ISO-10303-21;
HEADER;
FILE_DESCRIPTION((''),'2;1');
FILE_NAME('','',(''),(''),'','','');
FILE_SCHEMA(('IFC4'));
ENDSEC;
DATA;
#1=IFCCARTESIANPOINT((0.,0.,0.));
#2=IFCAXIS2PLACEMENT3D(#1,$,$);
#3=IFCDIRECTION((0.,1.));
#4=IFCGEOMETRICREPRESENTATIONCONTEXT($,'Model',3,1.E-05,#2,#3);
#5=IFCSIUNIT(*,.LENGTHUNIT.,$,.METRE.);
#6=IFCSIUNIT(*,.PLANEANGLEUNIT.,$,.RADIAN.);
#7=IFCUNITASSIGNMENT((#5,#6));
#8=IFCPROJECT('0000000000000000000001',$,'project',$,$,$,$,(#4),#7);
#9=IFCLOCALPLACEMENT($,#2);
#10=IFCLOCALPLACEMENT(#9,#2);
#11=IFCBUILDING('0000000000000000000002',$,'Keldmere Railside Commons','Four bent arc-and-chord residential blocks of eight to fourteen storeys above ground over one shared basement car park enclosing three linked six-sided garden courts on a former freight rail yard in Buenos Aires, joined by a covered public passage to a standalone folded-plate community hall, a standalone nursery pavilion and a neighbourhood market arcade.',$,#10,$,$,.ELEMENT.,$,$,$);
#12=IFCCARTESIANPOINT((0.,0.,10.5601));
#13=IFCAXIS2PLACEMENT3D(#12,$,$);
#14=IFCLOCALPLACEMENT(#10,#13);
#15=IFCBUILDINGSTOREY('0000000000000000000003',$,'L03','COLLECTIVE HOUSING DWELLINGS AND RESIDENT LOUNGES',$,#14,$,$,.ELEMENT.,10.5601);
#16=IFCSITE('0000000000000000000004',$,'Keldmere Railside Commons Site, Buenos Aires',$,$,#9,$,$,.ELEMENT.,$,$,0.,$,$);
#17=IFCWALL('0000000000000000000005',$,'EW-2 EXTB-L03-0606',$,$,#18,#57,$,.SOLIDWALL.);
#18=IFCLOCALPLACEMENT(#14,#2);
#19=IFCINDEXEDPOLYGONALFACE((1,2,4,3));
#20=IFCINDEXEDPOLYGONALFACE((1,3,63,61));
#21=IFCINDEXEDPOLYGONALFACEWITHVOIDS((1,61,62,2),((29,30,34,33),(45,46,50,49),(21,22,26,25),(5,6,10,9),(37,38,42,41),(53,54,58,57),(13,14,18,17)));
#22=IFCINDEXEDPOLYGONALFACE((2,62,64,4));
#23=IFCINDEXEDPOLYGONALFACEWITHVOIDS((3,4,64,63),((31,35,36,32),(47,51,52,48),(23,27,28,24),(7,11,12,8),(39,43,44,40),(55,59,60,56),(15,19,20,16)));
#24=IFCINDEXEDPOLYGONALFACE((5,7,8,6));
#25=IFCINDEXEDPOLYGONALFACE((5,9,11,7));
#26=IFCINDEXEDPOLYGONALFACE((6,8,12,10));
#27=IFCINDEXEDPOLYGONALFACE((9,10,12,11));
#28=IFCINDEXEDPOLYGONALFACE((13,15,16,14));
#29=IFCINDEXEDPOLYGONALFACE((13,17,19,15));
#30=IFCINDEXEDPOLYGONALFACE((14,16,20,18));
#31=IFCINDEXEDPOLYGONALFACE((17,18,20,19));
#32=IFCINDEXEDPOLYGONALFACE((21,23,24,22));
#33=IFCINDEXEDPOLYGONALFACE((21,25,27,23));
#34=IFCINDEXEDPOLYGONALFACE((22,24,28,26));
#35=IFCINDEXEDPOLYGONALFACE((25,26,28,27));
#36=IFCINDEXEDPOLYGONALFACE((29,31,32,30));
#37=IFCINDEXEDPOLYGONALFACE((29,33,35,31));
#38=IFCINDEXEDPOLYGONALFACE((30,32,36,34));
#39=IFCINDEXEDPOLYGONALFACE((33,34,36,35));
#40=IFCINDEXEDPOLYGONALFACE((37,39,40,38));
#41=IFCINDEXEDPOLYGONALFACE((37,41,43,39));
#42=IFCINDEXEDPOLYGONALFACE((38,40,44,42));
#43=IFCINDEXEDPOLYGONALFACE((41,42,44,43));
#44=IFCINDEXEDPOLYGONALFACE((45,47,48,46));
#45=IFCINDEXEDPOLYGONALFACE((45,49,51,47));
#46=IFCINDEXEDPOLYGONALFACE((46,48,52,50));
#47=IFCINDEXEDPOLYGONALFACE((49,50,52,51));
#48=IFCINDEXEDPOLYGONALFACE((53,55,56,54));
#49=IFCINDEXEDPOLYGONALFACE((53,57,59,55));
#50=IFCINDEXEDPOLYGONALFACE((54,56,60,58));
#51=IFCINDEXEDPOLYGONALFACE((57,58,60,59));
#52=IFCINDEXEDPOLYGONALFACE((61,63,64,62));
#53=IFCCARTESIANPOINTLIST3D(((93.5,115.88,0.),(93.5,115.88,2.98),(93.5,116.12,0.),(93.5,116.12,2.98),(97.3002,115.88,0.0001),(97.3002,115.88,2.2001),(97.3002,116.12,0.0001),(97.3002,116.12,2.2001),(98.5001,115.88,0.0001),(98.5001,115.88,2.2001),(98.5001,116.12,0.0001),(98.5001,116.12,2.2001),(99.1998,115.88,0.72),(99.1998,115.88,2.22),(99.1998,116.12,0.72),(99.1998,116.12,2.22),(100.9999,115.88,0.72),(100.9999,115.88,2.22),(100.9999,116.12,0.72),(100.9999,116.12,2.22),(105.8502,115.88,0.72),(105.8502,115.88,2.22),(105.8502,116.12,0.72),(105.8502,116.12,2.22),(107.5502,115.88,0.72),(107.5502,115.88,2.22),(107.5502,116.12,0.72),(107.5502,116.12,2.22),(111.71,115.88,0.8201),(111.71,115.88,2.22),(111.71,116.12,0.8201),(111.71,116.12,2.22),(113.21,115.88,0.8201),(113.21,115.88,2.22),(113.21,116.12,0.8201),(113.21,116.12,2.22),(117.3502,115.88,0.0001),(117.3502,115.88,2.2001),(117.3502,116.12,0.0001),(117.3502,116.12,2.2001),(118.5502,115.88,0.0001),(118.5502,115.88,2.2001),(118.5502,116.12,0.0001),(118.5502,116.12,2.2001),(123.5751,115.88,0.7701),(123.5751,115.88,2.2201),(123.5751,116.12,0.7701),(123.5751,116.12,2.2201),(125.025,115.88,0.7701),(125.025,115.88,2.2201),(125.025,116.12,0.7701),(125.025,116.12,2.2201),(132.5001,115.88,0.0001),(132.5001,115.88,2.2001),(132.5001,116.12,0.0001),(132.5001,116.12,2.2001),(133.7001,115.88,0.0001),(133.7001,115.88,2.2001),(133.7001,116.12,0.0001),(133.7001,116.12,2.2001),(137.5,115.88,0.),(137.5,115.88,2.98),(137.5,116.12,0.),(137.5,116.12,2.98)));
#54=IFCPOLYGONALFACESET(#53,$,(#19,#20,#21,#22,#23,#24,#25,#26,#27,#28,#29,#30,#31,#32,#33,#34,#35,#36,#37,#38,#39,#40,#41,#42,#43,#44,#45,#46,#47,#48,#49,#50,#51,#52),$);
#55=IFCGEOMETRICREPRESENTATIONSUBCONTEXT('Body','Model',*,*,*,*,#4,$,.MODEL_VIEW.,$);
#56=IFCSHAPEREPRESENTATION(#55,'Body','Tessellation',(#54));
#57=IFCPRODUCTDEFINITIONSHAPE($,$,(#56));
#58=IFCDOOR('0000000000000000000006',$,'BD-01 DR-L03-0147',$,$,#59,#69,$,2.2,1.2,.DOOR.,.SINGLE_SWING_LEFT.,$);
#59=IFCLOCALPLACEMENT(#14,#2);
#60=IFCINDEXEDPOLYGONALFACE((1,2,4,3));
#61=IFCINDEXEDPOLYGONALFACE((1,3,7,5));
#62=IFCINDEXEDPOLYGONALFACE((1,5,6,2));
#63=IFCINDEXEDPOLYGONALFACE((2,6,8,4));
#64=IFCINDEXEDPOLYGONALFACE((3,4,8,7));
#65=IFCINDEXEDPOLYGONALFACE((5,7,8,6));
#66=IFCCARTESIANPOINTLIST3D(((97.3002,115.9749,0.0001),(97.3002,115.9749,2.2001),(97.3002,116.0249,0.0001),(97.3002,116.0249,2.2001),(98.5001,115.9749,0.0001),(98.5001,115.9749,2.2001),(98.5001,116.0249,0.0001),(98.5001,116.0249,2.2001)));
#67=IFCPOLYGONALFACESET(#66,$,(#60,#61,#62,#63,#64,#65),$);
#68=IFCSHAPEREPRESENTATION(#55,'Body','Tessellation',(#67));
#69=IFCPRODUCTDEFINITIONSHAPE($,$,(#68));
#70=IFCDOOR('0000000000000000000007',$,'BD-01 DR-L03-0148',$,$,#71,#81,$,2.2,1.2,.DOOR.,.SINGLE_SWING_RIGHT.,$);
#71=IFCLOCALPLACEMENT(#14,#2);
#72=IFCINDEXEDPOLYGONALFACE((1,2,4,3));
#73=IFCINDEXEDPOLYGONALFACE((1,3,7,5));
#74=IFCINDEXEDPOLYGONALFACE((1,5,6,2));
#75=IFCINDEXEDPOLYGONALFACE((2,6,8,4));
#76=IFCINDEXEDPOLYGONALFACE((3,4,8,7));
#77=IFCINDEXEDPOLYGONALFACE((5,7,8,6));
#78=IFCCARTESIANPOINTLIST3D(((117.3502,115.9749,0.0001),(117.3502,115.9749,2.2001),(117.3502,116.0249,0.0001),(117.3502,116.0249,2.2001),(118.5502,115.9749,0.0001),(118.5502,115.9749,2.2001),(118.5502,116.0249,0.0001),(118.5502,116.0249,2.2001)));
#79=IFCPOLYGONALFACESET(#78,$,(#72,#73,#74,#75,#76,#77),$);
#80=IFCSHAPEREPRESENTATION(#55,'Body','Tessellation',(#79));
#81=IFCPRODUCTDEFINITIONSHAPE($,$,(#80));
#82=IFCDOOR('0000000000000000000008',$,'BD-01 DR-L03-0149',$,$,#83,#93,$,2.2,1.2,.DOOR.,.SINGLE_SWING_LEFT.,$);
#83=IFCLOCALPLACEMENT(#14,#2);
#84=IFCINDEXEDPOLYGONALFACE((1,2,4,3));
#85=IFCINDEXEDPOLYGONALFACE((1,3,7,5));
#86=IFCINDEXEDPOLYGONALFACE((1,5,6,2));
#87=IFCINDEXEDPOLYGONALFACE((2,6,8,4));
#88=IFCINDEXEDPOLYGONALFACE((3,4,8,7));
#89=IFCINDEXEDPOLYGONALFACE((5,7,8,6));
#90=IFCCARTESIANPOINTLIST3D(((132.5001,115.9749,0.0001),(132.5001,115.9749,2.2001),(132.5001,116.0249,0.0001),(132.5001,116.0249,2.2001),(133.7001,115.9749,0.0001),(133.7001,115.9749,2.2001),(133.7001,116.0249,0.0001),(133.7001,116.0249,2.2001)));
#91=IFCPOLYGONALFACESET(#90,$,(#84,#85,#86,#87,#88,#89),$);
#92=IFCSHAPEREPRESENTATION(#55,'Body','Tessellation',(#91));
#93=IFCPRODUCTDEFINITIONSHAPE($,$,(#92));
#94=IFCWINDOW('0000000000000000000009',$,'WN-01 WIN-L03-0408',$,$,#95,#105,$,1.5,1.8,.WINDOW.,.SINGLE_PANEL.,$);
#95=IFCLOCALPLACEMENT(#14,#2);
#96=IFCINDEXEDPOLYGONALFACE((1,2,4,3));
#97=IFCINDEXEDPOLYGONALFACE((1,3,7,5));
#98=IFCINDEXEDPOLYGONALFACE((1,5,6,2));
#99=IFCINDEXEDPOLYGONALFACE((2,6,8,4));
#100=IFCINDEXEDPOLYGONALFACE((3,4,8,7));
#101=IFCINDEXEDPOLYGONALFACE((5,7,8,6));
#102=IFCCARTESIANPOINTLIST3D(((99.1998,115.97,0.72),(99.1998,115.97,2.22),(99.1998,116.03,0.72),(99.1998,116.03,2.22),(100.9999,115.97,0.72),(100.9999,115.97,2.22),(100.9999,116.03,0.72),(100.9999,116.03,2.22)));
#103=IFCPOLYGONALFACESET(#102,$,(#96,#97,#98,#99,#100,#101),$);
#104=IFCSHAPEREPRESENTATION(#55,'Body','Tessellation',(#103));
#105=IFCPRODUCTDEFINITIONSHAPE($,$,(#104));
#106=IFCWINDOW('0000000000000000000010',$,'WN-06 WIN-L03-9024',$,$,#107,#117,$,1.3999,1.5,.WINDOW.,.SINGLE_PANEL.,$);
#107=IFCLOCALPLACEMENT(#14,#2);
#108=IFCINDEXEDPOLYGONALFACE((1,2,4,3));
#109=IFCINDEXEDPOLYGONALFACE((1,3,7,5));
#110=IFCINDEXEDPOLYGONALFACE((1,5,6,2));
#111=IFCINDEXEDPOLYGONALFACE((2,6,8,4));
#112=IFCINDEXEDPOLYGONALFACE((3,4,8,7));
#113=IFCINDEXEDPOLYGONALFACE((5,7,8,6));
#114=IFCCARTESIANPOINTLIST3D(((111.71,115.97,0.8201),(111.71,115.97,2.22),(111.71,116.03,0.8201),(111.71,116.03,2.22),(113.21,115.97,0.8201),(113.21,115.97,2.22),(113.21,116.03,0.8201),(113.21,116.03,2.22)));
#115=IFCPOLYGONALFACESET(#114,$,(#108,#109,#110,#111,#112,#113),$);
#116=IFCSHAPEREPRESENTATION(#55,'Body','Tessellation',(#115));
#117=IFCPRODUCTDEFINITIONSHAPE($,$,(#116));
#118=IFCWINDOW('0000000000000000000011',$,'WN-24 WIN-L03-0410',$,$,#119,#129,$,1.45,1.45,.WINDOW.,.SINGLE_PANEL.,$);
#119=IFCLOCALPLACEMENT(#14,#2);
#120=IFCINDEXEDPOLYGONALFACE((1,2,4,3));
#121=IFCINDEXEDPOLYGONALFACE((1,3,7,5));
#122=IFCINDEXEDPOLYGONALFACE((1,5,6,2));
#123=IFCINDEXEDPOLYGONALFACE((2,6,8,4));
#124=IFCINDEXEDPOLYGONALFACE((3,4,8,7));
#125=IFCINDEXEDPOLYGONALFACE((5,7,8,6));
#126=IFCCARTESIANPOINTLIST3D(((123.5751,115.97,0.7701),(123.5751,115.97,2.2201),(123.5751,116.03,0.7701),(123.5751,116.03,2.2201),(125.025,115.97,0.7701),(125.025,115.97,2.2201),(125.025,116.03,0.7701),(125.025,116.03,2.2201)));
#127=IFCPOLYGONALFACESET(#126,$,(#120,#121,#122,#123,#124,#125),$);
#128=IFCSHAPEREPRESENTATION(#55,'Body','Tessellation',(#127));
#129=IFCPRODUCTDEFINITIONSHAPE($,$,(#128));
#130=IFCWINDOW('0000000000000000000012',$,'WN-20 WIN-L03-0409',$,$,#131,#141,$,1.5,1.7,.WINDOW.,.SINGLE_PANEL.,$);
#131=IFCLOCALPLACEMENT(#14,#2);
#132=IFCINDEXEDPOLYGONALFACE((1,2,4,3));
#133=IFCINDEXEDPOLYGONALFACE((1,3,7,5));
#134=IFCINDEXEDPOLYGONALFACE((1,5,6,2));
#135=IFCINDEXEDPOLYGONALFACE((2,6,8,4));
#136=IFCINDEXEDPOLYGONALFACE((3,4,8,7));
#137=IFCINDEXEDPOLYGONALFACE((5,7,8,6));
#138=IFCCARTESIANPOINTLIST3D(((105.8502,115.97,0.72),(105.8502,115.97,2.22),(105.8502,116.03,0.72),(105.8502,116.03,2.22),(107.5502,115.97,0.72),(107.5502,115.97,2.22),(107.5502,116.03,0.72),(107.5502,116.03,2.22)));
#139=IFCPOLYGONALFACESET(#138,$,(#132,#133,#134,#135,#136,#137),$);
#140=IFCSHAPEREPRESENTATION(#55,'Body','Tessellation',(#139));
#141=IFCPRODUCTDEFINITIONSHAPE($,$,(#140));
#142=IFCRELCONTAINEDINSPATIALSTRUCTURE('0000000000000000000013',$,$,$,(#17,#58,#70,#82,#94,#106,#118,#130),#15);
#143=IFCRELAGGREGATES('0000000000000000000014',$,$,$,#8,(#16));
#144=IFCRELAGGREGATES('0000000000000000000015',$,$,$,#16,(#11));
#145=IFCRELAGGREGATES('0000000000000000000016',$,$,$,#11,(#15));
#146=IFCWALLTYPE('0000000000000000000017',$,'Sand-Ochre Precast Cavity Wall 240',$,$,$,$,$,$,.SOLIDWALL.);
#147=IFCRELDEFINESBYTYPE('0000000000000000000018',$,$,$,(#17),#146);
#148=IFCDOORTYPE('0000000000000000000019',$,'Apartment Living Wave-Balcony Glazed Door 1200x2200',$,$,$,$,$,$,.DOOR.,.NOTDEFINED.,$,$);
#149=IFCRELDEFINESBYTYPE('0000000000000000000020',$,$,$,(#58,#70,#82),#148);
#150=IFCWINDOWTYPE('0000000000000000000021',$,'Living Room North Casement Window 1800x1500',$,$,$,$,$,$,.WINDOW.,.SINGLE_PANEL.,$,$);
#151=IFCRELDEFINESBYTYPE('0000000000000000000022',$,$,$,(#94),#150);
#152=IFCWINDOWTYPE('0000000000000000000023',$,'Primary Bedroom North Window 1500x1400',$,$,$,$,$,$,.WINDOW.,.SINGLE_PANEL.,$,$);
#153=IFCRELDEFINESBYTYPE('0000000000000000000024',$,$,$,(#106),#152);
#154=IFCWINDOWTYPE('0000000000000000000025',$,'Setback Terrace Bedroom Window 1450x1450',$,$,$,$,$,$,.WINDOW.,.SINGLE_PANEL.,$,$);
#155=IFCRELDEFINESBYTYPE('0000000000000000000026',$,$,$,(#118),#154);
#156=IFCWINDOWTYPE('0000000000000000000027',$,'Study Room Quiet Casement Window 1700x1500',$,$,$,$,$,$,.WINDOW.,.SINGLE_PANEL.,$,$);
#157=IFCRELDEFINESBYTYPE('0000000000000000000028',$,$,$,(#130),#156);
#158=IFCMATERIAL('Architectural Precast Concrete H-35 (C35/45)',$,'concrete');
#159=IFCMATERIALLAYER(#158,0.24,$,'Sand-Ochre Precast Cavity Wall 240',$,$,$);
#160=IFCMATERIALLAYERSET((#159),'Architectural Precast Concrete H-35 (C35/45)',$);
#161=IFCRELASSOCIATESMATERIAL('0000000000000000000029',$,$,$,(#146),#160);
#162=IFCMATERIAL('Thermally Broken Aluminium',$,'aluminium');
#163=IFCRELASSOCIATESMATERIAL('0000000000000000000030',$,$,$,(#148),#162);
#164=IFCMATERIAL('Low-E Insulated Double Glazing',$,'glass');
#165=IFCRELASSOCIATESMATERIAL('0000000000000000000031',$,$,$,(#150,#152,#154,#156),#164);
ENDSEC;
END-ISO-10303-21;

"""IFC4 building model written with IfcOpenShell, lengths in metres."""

from ifc_helpers import new_model, si_unit, direction, frame, frame_2d, origin, place, context, subcontext, project, spatial, rectangle, extrude, material, layer, layer_set, type_object, element, fill, save


model = new_model("IFC4")

# Units and contexts
model_context = context("Model", 3, precision=1e-05, world=origin(), true_north=direction((0.0, 1.0)))
body_context = subcontext(model_context, "Body", "Model", "MODEL_VIEW")
ifc_project = project(units=[si_unit("LENGTHUNIT", "METRE"), si_unit("PLANEANGLEUNIT", "RADIAN")], contexts=[model_context])

# Site, building, storey
site_placement = place(None, origin())
site = spatial("IfcSite", under=ifc_project, at=site_placement, Name="Keldmere Railside Commons Site, Buenos Aires", CompositionType="ELEMENT", RefElevation=0.0)
building_placement = place(site_placement, origin())
building = spatial("IfcBuilding", under=site, at=building_placement, Name="Keldmere Railside Commons", Description="Four bent arc-and-chord residential blocks of eight to fourteen storeys above ground over one shared basement car park enclosing three linked six-sided garden courts on a former freight rail yard in Buenos Aires, joined by a covered public passage to a standalone folded-plate community hall, a standalone nursery pavilion and a neighbourhood market arcade.", CompositionType="ELEMENT")
storey_placement = place(building_placement, frame((0.0, 0.0, 10.5601)))
storey = spatial("IfcBuildingStorey", under=building, at=storey_placement, Name="L03", Description="COLLECTIVE HOUSING DWELLINGS AND RESIDENT LOUNGES", CompositionType="ELEMENT", Elevation=10.5601)

# Shared definitions
ifc_material_1 = material(Name="Architectural Precast Concrete H-35 (C35/45)", Category="concrete")

# Wall, openings, doors, windows
ifc_layer_1 = layer(ifc_material_1, 0.24, Name="Sand-Ochre Precast Cavity Wall 240")
ifc_layer_set_1 = layer_set([ifc_layer_1], Name="Architectural Precast Concrete H-35 (C35/45)")
wall_type_1 = type_object("IfcWallType", Name="Sand-Ochre Precast Cavity Wall 240", PredefinedType="SOLIDWALL", material=ifc_layer_set_1)
wall_1_placement = place(storey_placement, frame((93.5, 116.0, 0.0), z_axis=(0.0, 0.0, 1.0), x_axis=(1.0, 0.0, 0.0)))
wall_1 = element("IfcWall", 1, at=wall_1_placement, inside=storey, type_object=wall_type_1, Name="EW-2 EXTB-L03-0606", PredefinedType="SOLIDWALL", context=body_context, shape_type="SweptSolid", body=[
    extrude(rectangle(XDim=44.0, YDim=0.24, at=frame_2d((22.0, 0.0))), origin(), (0.0, 0.0, 1.0), 2.98),
])
opening_1_placement = place(wall_1_placement, frame((3.8, 0.0, 0.0)))
opening_1 = element("IfcOpeningElement", 2, at=opening_1_placement, cuts=wall_1, PredefinedType="OPENING", context=body_context, shape_type="SweptSolid", body=[
    extrude(rectangle(XDim=1.2, YDim=2.2, at=frame_2d((0.6001, 1.1001))), frame((0.0, 0.1299, 0.0), z_axis=(0.0, -1.0, 0.0), x_axis=(1.0, 0.0, 0.0)), (0.0, 0.0, 1.0), 0.26),
])
opening_2_placement = place(wall_1_placement, frame((5.7, 0.0, 0.72)))
opening_2 = element("IfcOpeningElement", 3, at=opening_2_placement, cuts=wall_1, PredefinedType="OPENING", context=body_context, shape_type="SweptSolid", body=[
    extrude(rectangle(XDim=1.8, YDim=1.5, at=frame_2d((0.8999, 0.75))), frame((0.0, 0.1299, 0.0), z_axis=(0.0, -1.0, 0.0), x_axis=(1.0, 0.0, 0.0)), (0.0, 0.0, 1.0), 0.26),
])
opening_3_placement = place(wall_1_placement, frame((12.3501, 0.0, 0.72)))
opening_3 = element("IfcOpeningElement", 4, at=opening_3_placement, cuts=wall_1, PredefinedType="OPENING", context=body_context, shape_type="SweptSolid", body=[
    extrude(rectangle(XDim=1.7, YDim=1.5, at=frame_2d((0.8501, 0.75))), frame((0.0, 0.1299, 0.0), z_axis=(0.0, -1.0, 0.0), x_axis=(1.0, 0.0, 0.0)), (0.0, 0.0, 1.0), 0.26),
])
opening_4_placement = place(wall_1_placement, frame((23.8501, 0.0, 0.0)))
opening_4 = element("IfcOpeningElement", 5, at=opening_4_placement, cuts=wall_1, PredefinedType="OPENING", context=body_context, shape_type="SweptSolid", body=[
    extrude(rectangle(XDim=1.2, YDim=2.2, at=frame_2d((0.6001, 1.1001))), frame((0.0, 0.1299, 0.0), z_axis=(0.0, -1.0, 0.0), x_axis=(1.0, 0.0, 0.0)), (0.0, 0.0, 1.0), 0.26),
])
opening_5_placement = place(wall_1_placement, frame((30.075, 0.0, 0.77)))
opening_5 = element("IfcOpeningElement", 6, at=opening_5_placement, cuts=wall_1, PredefinedType="OPENING", context=body_context, shape_type="SweptSolid", body=[
    extrude(rectangle(XDim=1.45, YDim=1.45, at=frame_2d((0.7251, 0.7251))), frame((0.0, 0.1299, 0.0), z_axis=(0.0, -1.0, 0.0), x_axis=(1.0, 0.0, 0.0)), (0.0, 0.0, 1.0), 0.26),
])
opening_6_placement = place(wall_1_placement, frame((39.0, 0.0, 0.0)))
opening_6 = element("IfcOpeningElement", 7, at=opening_6_placement, cuts=wall_1, PredefinedType="OPENING", context=body_context, shape_type="SweptSolid", body=[
    extrude(rectangle(XDim=1.2, YDim=2.2, at=frame_2d((0.6001, 1.1001))), frame((0.0, 0.1299, 0.0), z_axis=(0.0, -1.0, 0.0), x_axis=(1.0, 0.0, 0.0)), (0.0, 0.0, 1.0), 0.26),
])
opening_7_placement = place(wall_1_placement, frame((18.21, 0.0, 0.8201)))
opening_7 = element("IfcOpeningElement", 8, at=opening_7_placement, cuts=wall_1, PredefinedType="OPENING", context=body_context, shape_type="SweptSolid", body=[
    extrude(rectangle(XDim=1.5, YDim=1.3999, at=frame_2d((0.75, 0.7))), frame((0.0, 0.1299, 0.0), z_axis=(0.0, -1.0, 0.0), x_axis=(1.0, 0.0, 0.0)), (0.0, 0.0, 1.0), 0.26),
])
ifc_material_2 = material(Name="Thermally Broken Aluminium", Category="aluminium")
door_type_1 = type_object("IfcDoorType", Name="Apartment Living Wave-Balcony Glazed Door 1200x2200", OperationType="NOTDEFINED", PredefinedType="DOOR", material=ifc_material_2)
door_1_placement = place(opening_1_placement, origin())
door_1 = element("IfcDoor", 9, at=door_1_placement, inside=storey, type_object=door_type_1, Name="BD-01 DR-L03-0147", OperationType="SINGLE_SWING_LEFT", OverallHeight=2.2, OverallWidth=1.2, PredefinedType="DOOR", context=body_context, shape_type="SweptSolid", body=[
    extrude(rectangle(XDim=1.2, YDim=2.2, at=frame_2d((0.6001, 1.1001))), frame((0.0, 0.0249, 0.0), z_axis=(0.0, -1.0, 0.0), x_axis=(1.0, 0.0, 0.0)), (0.0, 0.0, 1.0), 0.05),
])
fill(opening_1, door_1)
door_2_placement = place(opening_4_placement, origin())
door_2 = element("IfcDoor", 10, at=door_2_placement, inside=storey, type_object=door_type_1, Name="BD-01 DR-L03-0148", OperationType="SINGLE_SWING_RIGHT", OverallHeight=2.2, OverallWidth=1.2, PredefinedType="DOOR", context=body_context, shape_type="SweptSolid", body=[
    extrude(rectangle(XDim=1.2, YDim=2.2, at=frame_2d((0.6001, 1.1001))), frame((0.0, 0.0249, 0.0), z_axis=(0.0, -1.0, 0.0), x_axis=(1.0, 0.0, 0.0)), (0.0, 0.0, 1.0), 0.05),
])
fill(opening_4, door_2)
door_3_placement = place(opening_6_placement, origin())
door_3 = element("IfcDoor", 11, at=door_3_placement, inside=storey, type_object=door_type_1, Name="BD-01 DR-L03-0149", OperationType="SINGLE_SWING_LEFT", OverallHeight=2.2, OverallWidth=1.2, PredefinedType="DOOR", context=body_context, shape_type="SweptSolid", body=[
    extrude(rectangle(XDim=1.2, YDim=2.2, at=frame_2d((0.6001, 1.1001))), frame((0.0, 0.0249, 0.0), z_axis=(0.0, -1.0, 0.0), x_axis=(1.0, 0.0, 0.0)), (0.0, 0.0, 1.0), 0.05),
])
fill(opening_6, door_3)
ifc_material_3 = material(Name="Low-E Insulated Double Glazing", Category="glass")
window_type_1 = type_object("IfcWindowType", Name="Living Room North Casement Window 1800x1500", PartitioningType="SINGLE_PANEL", PredefinedType="WINDOW", material=ifc_material_3)
window_1_placement = place(opening_2_placement, origin())
window_1 = element("IfcWindow", 12, at=window_1_placement, inside=storey, type_object=window_type_1, Name="WN-01 WIN-L03-0408", OverallHeight=1.5, OverallWidth=1.8, PartitioningType="SINGLE_PANEL", PredefinedType="WINDOW", context=body_context, shape_type="SweptSolid", body=[
    extrude(rectangle(XDim=1.8, YDim=1.5, at=frame_2d((0.8999, 0.75))), frame((0.0, 0.03, 0.0), z_axis=(0.0, -1.0, 0.0), x_axis=(1.0, 0.0, 0.0)), (0.0, 0.0, 1.0), 0.0601),
])
fill(opening_2, window_1)
window_type_2 = type_object("IfcWindowType", Name="Primary Bedroom North Window 1500x1400", PartitioningType="SINGLE_PANEL", PredefinedType="WINDOW", material=ifc_material_3)
window_2_placement = place(opening_7_placement, origin())
window_2 = element("IfcWindow", 13, at=window_2_placement, inside=storey, type_object=window_type_2, Name="WN-06 WIN-L03-9024", OverallHeight=1.3999, OverallWidth=1.5, PartitioningType="SINGLE_PANEL", PredefinedType="WINDOW", context=body_context, shape_type="SweptSolid", body=[
    extrude(rectangle(XDim=1.5, YDim=1.3999, at=frame_2d((0.75, 0.7))), frame((0.0, 0.03, 0.0), z_axis=(0.0, -1.0, 0.0), x_axis=(1.0, 0.0, 0.0)), (0.0, 0.0, 1.0), 0.0601),
])
fill(opening_7, window_2)
window_type_3 = type_object("IfcWindowType", Name="Setback Terrace Bedroom Window 1450x1450", PartitioningType="SINGLE_PANEL", PredefinedType="WINDOW", material=ifc_material_3)
window_3_placement = place(opening_5_placement, origin())
window_3 = element("IfcWindow", 14, at=window_3_placement, inside=storey, type_object=window_type_3, Name="WN-24 WIN-L03-0410", OverallHeight=1.45, OverallWidth=1.45, PartitioningType="SINGLE_PANEL", PredefinedType="WINDOW", context=body_context, shape_type="SweptSolid", body=[
    extrude(rectangle(XDim=1.45, YDim=1.45, at=frame_2d((0.7251, 0.7251))), frame((0.0, 0.03, 0.0), z_axis=(0.0, -1.0, 0.0), x_axis=(1.0, 0.0, 0.0)), (0.0, 0.0, 1.0), 0.0601),
])
fill(opening_5, window_3)
window_type_4 = type_object("IfcWindowType", Name="Study Room Quiet Casement Window 1700x1500", PartitioningType="SINGLE_PANEL", PredefinedType="WINDOW", material=ifc_material_3)
window_4_placement = place(opening_3_placement, origin())
window_4 = element("IfcWindow", 15, at=window_4_placement, inside=storey, type_object=window_type_4, Name="WN-20 WIN-L03-0409", OverallHeight=1.5, OverallWidth=1.7, PartitioningType="SINGLE_PANEL", PredefinedType="WINDOW", context=body_context, shape_type="SweptSolid", body=[
    extrude(rectangle(XDim=1.7, YDim=1.5, at=frame_2d((0.8501, 0.75))), frame((0.0, 0.03, 0.0), z_axis=(0.0, -1.0, 0.0), x_axis=(1.0, 0.0, 0.0)), (0.0, 0.0, 1.0), 0.0601),
])
fill(opening_3, window_4)

save(model, "model.ifc")
